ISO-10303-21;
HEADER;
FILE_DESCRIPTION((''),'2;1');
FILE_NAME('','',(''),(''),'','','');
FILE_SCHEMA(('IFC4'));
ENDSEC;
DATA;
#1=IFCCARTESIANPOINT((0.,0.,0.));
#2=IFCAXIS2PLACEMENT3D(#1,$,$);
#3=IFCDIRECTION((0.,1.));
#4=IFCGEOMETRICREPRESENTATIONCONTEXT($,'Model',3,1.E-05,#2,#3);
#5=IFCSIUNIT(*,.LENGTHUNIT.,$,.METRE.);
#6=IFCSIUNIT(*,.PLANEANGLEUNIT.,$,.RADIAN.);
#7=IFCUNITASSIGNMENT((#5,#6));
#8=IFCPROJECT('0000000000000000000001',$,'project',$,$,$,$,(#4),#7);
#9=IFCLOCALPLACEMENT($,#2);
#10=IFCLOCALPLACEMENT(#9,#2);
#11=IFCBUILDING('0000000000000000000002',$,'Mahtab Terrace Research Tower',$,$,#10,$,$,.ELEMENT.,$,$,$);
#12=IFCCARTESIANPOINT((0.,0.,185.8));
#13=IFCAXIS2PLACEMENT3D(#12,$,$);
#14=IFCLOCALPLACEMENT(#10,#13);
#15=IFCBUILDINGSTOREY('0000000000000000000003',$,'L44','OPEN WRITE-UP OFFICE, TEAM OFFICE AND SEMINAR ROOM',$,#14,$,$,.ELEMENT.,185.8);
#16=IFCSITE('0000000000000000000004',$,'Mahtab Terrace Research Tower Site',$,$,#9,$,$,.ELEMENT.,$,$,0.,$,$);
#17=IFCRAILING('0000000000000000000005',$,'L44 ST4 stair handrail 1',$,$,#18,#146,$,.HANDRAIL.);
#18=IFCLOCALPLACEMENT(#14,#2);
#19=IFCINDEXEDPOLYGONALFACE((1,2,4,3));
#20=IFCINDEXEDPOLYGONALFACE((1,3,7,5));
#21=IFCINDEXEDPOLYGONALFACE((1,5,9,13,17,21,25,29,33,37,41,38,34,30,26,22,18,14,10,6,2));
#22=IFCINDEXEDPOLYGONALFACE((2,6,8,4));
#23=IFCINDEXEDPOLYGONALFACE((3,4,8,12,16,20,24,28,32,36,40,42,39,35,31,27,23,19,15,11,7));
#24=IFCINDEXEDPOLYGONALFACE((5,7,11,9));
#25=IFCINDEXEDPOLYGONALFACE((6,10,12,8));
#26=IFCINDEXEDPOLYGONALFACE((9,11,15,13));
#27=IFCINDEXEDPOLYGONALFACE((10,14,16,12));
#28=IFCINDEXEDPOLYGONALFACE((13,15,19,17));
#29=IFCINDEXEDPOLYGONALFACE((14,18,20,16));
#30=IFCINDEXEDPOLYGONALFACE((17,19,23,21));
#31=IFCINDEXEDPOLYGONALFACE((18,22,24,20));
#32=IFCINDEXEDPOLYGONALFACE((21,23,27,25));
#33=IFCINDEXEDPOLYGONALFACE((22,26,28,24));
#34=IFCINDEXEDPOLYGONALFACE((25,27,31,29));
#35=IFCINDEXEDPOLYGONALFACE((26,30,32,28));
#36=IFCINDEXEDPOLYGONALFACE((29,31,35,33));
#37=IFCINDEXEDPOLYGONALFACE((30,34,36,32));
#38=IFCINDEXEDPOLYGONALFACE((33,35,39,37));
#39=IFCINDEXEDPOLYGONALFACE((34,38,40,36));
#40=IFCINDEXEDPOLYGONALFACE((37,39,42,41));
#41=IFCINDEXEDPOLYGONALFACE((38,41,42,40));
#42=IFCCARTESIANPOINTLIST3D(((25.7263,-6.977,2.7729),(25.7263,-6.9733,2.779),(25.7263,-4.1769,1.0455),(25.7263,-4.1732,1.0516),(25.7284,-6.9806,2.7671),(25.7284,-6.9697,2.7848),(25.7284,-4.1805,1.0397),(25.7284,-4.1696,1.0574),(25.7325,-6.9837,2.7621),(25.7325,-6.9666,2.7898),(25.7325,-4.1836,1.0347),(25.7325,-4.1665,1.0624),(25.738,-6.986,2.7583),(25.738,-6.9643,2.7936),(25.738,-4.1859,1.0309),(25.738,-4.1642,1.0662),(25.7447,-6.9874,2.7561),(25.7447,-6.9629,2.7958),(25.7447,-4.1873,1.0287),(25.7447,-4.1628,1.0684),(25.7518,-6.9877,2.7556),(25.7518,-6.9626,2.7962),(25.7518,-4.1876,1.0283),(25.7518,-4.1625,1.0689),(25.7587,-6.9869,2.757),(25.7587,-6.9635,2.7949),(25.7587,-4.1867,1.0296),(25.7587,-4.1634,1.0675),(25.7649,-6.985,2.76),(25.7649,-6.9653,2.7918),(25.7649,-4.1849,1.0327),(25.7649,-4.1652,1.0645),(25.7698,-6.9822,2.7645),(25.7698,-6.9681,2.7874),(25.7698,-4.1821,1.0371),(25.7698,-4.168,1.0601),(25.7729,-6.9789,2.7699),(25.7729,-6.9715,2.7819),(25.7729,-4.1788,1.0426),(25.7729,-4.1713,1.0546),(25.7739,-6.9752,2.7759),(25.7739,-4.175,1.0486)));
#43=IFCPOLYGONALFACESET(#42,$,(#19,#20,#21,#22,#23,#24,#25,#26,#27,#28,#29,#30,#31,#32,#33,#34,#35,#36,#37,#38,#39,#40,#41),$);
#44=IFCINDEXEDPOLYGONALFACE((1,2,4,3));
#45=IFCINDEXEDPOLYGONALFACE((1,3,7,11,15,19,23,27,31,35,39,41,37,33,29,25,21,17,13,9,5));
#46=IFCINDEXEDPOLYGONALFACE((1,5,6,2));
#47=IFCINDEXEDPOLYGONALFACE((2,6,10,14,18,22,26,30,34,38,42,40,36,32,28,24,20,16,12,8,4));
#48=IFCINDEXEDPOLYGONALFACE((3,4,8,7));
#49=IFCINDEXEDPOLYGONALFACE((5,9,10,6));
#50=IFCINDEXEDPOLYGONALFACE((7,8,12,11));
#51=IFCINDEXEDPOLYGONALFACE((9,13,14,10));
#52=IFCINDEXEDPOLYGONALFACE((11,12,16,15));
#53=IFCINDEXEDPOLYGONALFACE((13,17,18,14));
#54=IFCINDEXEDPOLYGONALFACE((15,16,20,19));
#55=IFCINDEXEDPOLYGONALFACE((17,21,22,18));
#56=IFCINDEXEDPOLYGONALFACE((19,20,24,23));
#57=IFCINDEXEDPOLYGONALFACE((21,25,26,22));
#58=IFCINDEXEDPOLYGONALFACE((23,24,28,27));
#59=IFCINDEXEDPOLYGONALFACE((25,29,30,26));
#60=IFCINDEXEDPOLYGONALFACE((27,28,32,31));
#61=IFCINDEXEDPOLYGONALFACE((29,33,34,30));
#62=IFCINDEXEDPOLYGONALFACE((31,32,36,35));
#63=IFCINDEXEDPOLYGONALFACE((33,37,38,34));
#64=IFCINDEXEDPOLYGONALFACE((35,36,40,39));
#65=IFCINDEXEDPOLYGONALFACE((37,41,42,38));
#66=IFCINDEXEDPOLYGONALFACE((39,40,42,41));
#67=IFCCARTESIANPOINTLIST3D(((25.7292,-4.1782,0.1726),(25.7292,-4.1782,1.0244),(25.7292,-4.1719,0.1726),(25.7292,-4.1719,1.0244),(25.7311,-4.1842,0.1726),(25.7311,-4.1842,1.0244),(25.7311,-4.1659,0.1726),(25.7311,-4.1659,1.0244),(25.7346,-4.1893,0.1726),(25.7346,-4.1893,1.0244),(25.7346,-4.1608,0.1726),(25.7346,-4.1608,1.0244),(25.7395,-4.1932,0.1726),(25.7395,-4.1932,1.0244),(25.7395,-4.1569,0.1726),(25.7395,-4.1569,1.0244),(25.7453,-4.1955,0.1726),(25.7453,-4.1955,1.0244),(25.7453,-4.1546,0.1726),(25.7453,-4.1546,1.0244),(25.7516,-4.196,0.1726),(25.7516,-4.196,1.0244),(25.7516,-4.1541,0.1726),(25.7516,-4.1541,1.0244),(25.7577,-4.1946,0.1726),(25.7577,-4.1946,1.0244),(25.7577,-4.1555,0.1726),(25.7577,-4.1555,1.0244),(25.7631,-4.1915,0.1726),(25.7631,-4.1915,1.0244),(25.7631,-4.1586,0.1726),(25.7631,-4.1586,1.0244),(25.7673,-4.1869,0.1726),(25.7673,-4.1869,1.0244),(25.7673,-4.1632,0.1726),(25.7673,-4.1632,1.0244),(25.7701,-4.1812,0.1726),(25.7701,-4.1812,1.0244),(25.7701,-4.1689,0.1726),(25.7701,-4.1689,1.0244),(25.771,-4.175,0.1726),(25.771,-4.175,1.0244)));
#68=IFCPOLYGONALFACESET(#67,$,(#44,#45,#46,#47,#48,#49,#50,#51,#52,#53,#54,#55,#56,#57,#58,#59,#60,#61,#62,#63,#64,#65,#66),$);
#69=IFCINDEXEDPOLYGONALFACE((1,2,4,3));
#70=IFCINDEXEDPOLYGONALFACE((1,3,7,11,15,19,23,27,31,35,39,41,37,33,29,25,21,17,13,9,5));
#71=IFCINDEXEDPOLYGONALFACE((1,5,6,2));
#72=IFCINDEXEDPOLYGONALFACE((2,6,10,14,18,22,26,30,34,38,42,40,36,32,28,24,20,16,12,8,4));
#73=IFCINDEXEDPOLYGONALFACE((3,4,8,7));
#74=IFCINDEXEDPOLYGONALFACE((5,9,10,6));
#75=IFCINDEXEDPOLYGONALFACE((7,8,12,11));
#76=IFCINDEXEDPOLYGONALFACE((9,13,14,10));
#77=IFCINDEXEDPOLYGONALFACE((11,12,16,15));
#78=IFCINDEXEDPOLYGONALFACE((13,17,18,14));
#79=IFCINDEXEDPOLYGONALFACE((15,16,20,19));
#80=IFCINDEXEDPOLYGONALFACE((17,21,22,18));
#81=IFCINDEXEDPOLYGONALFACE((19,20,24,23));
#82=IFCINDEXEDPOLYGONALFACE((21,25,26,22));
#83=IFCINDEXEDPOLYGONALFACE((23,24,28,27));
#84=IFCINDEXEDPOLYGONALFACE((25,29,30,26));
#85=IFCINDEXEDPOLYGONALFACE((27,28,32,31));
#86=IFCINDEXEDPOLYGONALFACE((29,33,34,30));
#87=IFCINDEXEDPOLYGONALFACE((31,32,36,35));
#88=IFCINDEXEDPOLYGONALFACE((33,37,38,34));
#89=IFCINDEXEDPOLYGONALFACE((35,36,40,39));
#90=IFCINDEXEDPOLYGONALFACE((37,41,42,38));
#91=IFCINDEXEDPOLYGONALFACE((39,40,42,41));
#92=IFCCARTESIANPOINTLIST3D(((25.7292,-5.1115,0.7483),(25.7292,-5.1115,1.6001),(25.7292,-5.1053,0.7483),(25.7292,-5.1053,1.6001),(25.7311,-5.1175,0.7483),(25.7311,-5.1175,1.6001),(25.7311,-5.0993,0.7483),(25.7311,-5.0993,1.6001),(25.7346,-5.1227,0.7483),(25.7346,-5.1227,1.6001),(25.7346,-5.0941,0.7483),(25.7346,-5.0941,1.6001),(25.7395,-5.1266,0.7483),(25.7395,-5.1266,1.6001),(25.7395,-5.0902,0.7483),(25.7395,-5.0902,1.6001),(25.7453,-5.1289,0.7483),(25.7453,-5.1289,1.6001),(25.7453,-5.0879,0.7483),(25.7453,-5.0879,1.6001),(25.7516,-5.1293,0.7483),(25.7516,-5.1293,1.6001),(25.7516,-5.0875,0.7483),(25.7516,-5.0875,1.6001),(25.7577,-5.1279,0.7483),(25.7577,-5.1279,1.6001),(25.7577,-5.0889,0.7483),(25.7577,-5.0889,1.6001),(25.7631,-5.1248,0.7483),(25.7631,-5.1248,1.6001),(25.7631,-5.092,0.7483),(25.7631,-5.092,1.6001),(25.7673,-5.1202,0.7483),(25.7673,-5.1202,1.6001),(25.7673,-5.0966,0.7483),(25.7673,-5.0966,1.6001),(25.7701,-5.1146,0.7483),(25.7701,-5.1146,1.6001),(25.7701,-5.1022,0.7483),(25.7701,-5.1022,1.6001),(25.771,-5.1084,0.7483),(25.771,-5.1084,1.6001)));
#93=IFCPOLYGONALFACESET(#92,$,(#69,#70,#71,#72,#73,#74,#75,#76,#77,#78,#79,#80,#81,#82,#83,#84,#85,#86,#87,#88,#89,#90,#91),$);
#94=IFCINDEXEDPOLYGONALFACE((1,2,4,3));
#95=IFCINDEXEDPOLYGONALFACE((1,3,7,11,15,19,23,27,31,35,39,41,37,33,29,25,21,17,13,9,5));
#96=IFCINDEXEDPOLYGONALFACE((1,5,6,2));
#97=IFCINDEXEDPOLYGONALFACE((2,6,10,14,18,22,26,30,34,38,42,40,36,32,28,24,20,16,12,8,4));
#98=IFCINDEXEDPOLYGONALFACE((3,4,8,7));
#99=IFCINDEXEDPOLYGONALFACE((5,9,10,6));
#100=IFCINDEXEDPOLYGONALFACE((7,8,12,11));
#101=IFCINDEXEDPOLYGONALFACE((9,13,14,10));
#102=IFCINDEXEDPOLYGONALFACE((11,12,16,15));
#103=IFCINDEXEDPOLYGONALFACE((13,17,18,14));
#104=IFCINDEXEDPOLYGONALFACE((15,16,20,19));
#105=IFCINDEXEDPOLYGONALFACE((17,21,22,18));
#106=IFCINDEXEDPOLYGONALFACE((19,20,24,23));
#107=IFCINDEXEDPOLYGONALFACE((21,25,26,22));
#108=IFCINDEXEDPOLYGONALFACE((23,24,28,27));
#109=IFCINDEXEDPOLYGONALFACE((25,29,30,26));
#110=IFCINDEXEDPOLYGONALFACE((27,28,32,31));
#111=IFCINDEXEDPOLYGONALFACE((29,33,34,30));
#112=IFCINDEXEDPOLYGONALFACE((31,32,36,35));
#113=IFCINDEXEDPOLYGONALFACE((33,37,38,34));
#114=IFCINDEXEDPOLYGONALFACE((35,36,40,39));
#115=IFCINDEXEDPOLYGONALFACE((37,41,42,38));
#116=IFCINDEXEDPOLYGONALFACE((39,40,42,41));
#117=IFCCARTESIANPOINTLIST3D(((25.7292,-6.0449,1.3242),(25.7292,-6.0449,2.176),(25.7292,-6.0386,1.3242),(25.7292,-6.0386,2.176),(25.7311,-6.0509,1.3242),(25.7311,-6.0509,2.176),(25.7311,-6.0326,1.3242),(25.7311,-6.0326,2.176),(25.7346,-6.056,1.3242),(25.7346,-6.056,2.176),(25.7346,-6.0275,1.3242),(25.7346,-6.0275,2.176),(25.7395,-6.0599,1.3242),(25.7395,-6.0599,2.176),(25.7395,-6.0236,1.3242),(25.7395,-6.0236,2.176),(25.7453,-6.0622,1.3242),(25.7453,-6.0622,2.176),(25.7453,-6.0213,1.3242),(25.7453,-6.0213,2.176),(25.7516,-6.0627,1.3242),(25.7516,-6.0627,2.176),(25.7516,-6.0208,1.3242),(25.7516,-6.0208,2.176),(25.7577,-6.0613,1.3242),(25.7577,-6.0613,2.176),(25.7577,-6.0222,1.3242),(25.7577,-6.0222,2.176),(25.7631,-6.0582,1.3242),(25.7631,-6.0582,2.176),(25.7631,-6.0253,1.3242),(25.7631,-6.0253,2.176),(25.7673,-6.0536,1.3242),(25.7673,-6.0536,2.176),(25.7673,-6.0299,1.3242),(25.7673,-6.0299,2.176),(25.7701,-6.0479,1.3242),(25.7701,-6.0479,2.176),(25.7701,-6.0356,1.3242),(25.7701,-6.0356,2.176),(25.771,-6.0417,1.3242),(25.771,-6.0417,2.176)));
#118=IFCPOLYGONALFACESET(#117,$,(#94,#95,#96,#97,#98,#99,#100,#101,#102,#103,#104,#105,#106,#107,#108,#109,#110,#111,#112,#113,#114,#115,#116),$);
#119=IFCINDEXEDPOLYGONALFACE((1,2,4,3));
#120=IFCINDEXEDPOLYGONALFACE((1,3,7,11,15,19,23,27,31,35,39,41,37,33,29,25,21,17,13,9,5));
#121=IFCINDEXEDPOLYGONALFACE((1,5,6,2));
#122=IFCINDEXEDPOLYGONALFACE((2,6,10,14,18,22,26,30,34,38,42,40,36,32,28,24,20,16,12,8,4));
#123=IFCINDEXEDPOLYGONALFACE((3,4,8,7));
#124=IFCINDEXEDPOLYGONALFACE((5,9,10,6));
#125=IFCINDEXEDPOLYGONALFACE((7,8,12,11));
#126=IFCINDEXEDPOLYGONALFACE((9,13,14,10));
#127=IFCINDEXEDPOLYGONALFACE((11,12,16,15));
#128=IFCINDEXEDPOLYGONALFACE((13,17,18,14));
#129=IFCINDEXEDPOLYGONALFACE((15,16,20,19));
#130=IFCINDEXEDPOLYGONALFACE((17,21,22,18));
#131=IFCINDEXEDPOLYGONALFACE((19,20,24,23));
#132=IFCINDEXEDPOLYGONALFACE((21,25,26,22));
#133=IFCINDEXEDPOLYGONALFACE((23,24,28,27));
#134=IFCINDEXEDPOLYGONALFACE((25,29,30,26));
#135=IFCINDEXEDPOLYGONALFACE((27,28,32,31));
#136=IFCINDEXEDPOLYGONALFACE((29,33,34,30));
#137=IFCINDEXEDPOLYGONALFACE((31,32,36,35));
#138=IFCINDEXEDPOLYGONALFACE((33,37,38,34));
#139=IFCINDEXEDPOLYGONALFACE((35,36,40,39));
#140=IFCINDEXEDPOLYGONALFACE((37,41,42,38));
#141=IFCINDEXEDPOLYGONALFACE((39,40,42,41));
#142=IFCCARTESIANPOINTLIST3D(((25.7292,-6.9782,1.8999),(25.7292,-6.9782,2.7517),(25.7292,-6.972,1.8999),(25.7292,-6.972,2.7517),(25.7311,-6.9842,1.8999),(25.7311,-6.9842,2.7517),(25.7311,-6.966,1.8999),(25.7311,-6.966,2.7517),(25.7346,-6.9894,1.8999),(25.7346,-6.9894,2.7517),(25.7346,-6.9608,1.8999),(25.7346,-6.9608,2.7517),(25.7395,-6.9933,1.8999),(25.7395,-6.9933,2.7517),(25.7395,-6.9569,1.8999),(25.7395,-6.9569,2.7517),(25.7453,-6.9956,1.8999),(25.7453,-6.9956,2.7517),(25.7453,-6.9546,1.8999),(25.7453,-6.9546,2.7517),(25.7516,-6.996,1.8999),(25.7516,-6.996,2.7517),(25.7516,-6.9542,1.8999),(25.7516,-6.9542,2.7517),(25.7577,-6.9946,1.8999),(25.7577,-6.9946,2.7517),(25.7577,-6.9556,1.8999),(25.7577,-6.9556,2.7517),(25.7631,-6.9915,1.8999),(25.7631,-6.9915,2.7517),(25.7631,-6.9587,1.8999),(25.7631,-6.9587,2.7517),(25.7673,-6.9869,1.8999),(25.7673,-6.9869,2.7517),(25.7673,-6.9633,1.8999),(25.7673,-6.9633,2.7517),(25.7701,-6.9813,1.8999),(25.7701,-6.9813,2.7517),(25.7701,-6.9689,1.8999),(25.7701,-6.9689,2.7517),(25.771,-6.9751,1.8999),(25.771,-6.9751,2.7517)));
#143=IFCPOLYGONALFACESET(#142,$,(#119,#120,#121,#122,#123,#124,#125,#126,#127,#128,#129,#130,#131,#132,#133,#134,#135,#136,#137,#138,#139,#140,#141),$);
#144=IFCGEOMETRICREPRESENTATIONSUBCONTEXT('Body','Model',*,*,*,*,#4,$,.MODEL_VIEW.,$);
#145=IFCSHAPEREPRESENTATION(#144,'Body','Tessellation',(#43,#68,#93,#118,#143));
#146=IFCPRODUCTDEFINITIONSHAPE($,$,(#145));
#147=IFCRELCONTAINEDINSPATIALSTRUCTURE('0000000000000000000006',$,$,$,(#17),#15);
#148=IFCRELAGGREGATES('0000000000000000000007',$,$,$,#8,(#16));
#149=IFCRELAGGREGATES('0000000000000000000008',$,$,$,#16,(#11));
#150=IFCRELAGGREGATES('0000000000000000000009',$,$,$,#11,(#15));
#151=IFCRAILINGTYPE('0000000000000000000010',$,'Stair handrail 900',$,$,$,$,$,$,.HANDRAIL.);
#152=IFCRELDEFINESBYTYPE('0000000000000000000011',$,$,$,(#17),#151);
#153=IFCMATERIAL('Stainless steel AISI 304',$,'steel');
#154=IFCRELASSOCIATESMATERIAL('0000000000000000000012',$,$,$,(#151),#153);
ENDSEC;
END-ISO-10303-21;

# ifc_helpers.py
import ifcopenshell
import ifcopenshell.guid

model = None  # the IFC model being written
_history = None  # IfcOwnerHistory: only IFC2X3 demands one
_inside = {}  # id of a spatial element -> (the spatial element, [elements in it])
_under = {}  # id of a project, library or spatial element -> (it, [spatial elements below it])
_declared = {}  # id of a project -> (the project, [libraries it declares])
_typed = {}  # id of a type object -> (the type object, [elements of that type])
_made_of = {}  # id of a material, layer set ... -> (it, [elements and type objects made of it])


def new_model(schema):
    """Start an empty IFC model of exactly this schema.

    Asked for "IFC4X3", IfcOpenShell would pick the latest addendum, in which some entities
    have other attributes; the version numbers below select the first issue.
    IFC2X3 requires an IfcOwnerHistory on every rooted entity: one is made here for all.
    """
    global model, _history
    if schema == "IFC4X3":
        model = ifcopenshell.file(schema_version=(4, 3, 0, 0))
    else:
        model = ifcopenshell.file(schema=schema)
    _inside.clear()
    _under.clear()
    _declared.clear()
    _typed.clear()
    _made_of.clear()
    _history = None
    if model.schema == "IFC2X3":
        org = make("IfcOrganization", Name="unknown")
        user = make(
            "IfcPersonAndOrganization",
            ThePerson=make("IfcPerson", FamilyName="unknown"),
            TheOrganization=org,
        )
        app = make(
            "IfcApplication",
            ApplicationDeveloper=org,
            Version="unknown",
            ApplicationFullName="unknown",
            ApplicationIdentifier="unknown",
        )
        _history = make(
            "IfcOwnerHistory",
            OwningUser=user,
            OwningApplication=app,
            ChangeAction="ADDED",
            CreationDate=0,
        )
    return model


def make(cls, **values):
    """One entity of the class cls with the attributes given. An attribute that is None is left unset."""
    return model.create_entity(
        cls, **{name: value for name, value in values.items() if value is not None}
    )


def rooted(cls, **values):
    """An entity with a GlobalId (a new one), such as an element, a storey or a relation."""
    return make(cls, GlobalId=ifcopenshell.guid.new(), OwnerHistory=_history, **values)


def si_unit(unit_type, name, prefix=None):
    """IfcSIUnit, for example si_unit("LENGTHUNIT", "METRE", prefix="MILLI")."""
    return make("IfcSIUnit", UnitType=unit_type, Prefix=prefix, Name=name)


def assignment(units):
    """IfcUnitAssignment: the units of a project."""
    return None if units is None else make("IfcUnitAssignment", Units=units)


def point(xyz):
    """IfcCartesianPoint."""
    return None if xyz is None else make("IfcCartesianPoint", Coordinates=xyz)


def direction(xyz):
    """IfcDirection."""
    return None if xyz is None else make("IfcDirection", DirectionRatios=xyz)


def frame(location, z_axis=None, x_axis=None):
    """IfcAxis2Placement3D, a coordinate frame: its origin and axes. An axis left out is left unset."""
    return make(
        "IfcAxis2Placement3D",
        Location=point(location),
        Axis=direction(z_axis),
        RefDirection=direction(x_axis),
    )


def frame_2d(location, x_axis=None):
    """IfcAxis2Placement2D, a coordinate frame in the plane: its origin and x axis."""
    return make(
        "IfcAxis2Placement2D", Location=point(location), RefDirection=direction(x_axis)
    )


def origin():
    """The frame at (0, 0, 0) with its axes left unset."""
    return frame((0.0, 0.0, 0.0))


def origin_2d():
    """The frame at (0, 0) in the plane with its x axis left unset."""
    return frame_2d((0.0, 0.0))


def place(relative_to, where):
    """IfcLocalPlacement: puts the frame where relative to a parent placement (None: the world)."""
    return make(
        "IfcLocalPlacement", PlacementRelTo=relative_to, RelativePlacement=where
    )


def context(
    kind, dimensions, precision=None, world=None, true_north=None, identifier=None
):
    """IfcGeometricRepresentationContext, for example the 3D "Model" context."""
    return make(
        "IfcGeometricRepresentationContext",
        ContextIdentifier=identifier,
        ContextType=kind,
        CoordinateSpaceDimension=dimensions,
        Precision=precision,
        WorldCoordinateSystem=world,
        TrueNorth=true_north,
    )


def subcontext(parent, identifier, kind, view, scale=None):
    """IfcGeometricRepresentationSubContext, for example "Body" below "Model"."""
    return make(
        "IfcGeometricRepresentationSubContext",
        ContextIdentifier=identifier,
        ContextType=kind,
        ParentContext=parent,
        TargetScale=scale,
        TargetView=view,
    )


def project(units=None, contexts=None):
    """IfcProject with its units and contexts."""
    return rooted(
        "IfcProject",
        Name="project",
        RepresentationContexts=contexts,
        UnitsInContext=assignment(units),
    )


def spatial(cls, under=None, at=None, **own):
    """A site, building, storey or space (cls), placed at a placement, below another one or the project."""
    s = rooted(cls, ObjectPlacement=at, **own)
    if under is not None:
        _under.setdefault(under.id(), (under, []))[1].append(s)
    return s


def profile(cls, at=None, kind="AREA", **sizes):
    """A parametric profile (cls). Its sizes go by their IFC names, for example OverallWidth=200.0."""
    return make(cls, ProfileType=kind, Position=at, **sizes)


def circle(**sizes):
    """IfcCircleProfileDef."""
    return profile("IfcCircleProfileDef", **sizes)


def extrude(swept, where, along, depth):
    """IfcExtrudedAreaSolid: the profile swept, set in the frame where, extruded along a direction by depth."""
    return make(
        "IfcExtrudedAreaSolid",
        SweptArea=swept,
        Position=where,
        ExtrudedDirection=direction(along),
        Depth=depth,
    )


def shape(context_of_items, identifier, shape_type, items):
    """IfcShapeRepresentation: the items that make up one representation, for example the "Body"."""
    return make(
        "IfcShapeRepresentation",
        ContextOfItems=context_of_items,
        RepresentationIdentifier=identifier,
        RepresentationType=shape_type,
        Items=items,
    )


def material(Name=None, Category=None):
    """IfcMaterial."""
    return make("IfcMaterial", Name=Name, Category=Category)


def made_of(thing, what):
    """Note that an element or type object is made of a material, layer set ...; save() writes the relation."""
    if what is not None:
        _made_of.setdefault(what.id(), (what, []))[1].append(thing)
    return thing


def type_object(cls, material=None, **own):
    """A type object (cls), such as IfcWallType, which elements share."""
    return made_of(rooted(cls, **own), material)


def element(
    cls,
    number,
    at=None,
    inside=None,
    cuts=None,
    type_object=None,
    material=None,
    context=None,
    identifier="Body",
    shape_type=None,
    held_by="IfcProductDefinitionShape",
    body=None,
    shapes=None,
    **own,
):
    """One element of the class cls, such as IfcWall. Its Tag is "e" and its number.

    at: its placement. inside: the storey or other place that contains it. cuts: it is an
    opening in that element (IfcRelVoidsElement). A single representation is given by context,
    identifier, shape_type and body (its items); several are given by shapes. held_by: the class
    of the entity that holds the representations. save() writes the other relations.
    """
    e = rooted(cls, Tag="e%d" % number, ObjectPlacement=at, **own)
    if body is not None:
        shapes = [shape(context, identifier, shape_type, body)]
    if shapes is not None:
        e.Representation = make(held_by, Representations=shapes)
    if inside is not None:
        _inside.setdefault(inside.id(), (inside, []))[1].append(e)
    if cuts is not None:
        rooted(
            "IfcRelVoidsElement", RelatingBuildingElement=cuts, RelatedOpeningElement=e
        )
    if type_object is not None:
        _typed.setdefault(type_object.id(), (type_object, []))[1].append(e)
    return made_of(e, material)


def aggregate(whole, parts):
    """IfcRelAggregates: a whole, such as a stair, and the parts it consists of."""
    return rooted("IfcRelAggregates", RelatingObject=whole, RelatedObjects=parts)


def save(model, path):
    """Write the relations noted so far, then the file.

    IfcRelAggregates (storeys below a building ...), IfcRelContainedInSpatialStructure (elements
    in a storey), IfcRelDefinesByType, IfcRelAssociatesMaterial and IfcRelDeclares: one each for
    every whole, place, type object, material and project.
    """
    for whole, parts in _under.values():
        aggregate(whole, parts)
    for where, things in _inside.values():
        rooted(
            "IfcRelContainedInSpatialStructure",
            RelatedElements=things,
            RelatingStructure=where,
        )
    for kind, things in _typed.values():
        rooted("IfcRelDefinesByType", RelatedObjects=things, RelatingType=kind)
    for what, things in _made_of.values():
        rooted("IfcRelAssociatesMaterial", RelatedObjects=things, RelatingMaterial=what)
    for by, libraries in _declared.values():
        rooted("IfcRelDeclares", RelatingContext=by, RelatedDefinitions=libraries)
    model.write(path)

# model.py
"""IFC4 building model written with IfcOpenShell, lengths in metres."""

from ifc_helpers import new_model, si_unit, direction, frame, origin, origin_2d, place, context, subcontext, project, spatial, circle, extrude, material, type_object, element, save


model = new_model("IFC4")

# Units and contexts
model_context = context("Model", 3, precision=1e-05, world=origin(), true_north=direction((0.0, 1.0)))
body_context = subcontext(model_context, "Body", "Model", "MODEL_VIEW")
ifc_project = project(units=[si_unit("LENGTHUNIT", "METRE"), si_unit("PLANEANGLEUNIT", "RADIAN")], contexts=[model_context])

# Site, building, storey
site_placement = place(None, origin())
site = spatial("IfcSite", under=ifc_project, at=site_placement, Name="Mahtab Terrace Research Tower Site", CompositionType="ELEMENT", RefElevation=0.0)
building_placement = place(site_placement, origin())
building = spatial("IfcBuilding", under=site, at=building_placement, Name="Mahtab Terrace Research Tower", CompositionType="ELEMENT")
storey_placement = place(building_placement, frame((0.0, 0.0, 185.8)))
storey = spatial("IfcBuildingStorey", under=building, at=storey_placement, Name="L44", Description="OPEN WRITE-UP OFFICE, TEAM OFFICE AND SEMINAR ROOM", CompositionType="ELEMENT", Elevation=185.8)

# Railing
ifc_material_1 = material(Name="Stainless steel AISI 304", Category="steel")
railing_type_1 = type_object("IfcRailingType", Name="Stair handrail 900", PredefinedType="HANDRAIL", material=ifc_material_1)
railing_1_placement = place(storey_placement, frame((25.75, -4.175, 0.1726)))
element("IfcRailing", 1, at=railing_1_placement, inside=storey, type_object=railing_type_1, Name="L44 ST4 stair handrail 1", PredefinedType="HANDRAIL", context=body_context, shape_type="SweptSolid", body=[
    extrude(circle(Radius=0.0239, at=origin_2d()), frame((0.0, 0.0, 0.876), z_axis=(0.0, -0.85109, 0.52502), x_axis=(1.0, 0.0, 0.0)), (0.0, 0.0, 1.0), 3.29),
    extrude(circle(Radius=0.021, at=origin_2d()), origin(), (0.0, 0.0, 1.0), 0.8518),
    extrude(circle(Radius=0.021, at=origin_2d()), frame((0.0, -0.9333, 0.5757)), (0.0, 0.0, 1.0), 0.8518),
    extrude(circle(Radius=0.021, at=origin_2d()), frame((0.0, -1.8667, 1.1516)), (0.0, 0.0, 1.0), 0.8518),
    extrude(circle(Radius=0.021, at=origin_2d()), frame((0.0, -2.8, 1.7273)), (0.0, 0.0, 1.0), 0.8518),
])

save(model, "model.ifc")
